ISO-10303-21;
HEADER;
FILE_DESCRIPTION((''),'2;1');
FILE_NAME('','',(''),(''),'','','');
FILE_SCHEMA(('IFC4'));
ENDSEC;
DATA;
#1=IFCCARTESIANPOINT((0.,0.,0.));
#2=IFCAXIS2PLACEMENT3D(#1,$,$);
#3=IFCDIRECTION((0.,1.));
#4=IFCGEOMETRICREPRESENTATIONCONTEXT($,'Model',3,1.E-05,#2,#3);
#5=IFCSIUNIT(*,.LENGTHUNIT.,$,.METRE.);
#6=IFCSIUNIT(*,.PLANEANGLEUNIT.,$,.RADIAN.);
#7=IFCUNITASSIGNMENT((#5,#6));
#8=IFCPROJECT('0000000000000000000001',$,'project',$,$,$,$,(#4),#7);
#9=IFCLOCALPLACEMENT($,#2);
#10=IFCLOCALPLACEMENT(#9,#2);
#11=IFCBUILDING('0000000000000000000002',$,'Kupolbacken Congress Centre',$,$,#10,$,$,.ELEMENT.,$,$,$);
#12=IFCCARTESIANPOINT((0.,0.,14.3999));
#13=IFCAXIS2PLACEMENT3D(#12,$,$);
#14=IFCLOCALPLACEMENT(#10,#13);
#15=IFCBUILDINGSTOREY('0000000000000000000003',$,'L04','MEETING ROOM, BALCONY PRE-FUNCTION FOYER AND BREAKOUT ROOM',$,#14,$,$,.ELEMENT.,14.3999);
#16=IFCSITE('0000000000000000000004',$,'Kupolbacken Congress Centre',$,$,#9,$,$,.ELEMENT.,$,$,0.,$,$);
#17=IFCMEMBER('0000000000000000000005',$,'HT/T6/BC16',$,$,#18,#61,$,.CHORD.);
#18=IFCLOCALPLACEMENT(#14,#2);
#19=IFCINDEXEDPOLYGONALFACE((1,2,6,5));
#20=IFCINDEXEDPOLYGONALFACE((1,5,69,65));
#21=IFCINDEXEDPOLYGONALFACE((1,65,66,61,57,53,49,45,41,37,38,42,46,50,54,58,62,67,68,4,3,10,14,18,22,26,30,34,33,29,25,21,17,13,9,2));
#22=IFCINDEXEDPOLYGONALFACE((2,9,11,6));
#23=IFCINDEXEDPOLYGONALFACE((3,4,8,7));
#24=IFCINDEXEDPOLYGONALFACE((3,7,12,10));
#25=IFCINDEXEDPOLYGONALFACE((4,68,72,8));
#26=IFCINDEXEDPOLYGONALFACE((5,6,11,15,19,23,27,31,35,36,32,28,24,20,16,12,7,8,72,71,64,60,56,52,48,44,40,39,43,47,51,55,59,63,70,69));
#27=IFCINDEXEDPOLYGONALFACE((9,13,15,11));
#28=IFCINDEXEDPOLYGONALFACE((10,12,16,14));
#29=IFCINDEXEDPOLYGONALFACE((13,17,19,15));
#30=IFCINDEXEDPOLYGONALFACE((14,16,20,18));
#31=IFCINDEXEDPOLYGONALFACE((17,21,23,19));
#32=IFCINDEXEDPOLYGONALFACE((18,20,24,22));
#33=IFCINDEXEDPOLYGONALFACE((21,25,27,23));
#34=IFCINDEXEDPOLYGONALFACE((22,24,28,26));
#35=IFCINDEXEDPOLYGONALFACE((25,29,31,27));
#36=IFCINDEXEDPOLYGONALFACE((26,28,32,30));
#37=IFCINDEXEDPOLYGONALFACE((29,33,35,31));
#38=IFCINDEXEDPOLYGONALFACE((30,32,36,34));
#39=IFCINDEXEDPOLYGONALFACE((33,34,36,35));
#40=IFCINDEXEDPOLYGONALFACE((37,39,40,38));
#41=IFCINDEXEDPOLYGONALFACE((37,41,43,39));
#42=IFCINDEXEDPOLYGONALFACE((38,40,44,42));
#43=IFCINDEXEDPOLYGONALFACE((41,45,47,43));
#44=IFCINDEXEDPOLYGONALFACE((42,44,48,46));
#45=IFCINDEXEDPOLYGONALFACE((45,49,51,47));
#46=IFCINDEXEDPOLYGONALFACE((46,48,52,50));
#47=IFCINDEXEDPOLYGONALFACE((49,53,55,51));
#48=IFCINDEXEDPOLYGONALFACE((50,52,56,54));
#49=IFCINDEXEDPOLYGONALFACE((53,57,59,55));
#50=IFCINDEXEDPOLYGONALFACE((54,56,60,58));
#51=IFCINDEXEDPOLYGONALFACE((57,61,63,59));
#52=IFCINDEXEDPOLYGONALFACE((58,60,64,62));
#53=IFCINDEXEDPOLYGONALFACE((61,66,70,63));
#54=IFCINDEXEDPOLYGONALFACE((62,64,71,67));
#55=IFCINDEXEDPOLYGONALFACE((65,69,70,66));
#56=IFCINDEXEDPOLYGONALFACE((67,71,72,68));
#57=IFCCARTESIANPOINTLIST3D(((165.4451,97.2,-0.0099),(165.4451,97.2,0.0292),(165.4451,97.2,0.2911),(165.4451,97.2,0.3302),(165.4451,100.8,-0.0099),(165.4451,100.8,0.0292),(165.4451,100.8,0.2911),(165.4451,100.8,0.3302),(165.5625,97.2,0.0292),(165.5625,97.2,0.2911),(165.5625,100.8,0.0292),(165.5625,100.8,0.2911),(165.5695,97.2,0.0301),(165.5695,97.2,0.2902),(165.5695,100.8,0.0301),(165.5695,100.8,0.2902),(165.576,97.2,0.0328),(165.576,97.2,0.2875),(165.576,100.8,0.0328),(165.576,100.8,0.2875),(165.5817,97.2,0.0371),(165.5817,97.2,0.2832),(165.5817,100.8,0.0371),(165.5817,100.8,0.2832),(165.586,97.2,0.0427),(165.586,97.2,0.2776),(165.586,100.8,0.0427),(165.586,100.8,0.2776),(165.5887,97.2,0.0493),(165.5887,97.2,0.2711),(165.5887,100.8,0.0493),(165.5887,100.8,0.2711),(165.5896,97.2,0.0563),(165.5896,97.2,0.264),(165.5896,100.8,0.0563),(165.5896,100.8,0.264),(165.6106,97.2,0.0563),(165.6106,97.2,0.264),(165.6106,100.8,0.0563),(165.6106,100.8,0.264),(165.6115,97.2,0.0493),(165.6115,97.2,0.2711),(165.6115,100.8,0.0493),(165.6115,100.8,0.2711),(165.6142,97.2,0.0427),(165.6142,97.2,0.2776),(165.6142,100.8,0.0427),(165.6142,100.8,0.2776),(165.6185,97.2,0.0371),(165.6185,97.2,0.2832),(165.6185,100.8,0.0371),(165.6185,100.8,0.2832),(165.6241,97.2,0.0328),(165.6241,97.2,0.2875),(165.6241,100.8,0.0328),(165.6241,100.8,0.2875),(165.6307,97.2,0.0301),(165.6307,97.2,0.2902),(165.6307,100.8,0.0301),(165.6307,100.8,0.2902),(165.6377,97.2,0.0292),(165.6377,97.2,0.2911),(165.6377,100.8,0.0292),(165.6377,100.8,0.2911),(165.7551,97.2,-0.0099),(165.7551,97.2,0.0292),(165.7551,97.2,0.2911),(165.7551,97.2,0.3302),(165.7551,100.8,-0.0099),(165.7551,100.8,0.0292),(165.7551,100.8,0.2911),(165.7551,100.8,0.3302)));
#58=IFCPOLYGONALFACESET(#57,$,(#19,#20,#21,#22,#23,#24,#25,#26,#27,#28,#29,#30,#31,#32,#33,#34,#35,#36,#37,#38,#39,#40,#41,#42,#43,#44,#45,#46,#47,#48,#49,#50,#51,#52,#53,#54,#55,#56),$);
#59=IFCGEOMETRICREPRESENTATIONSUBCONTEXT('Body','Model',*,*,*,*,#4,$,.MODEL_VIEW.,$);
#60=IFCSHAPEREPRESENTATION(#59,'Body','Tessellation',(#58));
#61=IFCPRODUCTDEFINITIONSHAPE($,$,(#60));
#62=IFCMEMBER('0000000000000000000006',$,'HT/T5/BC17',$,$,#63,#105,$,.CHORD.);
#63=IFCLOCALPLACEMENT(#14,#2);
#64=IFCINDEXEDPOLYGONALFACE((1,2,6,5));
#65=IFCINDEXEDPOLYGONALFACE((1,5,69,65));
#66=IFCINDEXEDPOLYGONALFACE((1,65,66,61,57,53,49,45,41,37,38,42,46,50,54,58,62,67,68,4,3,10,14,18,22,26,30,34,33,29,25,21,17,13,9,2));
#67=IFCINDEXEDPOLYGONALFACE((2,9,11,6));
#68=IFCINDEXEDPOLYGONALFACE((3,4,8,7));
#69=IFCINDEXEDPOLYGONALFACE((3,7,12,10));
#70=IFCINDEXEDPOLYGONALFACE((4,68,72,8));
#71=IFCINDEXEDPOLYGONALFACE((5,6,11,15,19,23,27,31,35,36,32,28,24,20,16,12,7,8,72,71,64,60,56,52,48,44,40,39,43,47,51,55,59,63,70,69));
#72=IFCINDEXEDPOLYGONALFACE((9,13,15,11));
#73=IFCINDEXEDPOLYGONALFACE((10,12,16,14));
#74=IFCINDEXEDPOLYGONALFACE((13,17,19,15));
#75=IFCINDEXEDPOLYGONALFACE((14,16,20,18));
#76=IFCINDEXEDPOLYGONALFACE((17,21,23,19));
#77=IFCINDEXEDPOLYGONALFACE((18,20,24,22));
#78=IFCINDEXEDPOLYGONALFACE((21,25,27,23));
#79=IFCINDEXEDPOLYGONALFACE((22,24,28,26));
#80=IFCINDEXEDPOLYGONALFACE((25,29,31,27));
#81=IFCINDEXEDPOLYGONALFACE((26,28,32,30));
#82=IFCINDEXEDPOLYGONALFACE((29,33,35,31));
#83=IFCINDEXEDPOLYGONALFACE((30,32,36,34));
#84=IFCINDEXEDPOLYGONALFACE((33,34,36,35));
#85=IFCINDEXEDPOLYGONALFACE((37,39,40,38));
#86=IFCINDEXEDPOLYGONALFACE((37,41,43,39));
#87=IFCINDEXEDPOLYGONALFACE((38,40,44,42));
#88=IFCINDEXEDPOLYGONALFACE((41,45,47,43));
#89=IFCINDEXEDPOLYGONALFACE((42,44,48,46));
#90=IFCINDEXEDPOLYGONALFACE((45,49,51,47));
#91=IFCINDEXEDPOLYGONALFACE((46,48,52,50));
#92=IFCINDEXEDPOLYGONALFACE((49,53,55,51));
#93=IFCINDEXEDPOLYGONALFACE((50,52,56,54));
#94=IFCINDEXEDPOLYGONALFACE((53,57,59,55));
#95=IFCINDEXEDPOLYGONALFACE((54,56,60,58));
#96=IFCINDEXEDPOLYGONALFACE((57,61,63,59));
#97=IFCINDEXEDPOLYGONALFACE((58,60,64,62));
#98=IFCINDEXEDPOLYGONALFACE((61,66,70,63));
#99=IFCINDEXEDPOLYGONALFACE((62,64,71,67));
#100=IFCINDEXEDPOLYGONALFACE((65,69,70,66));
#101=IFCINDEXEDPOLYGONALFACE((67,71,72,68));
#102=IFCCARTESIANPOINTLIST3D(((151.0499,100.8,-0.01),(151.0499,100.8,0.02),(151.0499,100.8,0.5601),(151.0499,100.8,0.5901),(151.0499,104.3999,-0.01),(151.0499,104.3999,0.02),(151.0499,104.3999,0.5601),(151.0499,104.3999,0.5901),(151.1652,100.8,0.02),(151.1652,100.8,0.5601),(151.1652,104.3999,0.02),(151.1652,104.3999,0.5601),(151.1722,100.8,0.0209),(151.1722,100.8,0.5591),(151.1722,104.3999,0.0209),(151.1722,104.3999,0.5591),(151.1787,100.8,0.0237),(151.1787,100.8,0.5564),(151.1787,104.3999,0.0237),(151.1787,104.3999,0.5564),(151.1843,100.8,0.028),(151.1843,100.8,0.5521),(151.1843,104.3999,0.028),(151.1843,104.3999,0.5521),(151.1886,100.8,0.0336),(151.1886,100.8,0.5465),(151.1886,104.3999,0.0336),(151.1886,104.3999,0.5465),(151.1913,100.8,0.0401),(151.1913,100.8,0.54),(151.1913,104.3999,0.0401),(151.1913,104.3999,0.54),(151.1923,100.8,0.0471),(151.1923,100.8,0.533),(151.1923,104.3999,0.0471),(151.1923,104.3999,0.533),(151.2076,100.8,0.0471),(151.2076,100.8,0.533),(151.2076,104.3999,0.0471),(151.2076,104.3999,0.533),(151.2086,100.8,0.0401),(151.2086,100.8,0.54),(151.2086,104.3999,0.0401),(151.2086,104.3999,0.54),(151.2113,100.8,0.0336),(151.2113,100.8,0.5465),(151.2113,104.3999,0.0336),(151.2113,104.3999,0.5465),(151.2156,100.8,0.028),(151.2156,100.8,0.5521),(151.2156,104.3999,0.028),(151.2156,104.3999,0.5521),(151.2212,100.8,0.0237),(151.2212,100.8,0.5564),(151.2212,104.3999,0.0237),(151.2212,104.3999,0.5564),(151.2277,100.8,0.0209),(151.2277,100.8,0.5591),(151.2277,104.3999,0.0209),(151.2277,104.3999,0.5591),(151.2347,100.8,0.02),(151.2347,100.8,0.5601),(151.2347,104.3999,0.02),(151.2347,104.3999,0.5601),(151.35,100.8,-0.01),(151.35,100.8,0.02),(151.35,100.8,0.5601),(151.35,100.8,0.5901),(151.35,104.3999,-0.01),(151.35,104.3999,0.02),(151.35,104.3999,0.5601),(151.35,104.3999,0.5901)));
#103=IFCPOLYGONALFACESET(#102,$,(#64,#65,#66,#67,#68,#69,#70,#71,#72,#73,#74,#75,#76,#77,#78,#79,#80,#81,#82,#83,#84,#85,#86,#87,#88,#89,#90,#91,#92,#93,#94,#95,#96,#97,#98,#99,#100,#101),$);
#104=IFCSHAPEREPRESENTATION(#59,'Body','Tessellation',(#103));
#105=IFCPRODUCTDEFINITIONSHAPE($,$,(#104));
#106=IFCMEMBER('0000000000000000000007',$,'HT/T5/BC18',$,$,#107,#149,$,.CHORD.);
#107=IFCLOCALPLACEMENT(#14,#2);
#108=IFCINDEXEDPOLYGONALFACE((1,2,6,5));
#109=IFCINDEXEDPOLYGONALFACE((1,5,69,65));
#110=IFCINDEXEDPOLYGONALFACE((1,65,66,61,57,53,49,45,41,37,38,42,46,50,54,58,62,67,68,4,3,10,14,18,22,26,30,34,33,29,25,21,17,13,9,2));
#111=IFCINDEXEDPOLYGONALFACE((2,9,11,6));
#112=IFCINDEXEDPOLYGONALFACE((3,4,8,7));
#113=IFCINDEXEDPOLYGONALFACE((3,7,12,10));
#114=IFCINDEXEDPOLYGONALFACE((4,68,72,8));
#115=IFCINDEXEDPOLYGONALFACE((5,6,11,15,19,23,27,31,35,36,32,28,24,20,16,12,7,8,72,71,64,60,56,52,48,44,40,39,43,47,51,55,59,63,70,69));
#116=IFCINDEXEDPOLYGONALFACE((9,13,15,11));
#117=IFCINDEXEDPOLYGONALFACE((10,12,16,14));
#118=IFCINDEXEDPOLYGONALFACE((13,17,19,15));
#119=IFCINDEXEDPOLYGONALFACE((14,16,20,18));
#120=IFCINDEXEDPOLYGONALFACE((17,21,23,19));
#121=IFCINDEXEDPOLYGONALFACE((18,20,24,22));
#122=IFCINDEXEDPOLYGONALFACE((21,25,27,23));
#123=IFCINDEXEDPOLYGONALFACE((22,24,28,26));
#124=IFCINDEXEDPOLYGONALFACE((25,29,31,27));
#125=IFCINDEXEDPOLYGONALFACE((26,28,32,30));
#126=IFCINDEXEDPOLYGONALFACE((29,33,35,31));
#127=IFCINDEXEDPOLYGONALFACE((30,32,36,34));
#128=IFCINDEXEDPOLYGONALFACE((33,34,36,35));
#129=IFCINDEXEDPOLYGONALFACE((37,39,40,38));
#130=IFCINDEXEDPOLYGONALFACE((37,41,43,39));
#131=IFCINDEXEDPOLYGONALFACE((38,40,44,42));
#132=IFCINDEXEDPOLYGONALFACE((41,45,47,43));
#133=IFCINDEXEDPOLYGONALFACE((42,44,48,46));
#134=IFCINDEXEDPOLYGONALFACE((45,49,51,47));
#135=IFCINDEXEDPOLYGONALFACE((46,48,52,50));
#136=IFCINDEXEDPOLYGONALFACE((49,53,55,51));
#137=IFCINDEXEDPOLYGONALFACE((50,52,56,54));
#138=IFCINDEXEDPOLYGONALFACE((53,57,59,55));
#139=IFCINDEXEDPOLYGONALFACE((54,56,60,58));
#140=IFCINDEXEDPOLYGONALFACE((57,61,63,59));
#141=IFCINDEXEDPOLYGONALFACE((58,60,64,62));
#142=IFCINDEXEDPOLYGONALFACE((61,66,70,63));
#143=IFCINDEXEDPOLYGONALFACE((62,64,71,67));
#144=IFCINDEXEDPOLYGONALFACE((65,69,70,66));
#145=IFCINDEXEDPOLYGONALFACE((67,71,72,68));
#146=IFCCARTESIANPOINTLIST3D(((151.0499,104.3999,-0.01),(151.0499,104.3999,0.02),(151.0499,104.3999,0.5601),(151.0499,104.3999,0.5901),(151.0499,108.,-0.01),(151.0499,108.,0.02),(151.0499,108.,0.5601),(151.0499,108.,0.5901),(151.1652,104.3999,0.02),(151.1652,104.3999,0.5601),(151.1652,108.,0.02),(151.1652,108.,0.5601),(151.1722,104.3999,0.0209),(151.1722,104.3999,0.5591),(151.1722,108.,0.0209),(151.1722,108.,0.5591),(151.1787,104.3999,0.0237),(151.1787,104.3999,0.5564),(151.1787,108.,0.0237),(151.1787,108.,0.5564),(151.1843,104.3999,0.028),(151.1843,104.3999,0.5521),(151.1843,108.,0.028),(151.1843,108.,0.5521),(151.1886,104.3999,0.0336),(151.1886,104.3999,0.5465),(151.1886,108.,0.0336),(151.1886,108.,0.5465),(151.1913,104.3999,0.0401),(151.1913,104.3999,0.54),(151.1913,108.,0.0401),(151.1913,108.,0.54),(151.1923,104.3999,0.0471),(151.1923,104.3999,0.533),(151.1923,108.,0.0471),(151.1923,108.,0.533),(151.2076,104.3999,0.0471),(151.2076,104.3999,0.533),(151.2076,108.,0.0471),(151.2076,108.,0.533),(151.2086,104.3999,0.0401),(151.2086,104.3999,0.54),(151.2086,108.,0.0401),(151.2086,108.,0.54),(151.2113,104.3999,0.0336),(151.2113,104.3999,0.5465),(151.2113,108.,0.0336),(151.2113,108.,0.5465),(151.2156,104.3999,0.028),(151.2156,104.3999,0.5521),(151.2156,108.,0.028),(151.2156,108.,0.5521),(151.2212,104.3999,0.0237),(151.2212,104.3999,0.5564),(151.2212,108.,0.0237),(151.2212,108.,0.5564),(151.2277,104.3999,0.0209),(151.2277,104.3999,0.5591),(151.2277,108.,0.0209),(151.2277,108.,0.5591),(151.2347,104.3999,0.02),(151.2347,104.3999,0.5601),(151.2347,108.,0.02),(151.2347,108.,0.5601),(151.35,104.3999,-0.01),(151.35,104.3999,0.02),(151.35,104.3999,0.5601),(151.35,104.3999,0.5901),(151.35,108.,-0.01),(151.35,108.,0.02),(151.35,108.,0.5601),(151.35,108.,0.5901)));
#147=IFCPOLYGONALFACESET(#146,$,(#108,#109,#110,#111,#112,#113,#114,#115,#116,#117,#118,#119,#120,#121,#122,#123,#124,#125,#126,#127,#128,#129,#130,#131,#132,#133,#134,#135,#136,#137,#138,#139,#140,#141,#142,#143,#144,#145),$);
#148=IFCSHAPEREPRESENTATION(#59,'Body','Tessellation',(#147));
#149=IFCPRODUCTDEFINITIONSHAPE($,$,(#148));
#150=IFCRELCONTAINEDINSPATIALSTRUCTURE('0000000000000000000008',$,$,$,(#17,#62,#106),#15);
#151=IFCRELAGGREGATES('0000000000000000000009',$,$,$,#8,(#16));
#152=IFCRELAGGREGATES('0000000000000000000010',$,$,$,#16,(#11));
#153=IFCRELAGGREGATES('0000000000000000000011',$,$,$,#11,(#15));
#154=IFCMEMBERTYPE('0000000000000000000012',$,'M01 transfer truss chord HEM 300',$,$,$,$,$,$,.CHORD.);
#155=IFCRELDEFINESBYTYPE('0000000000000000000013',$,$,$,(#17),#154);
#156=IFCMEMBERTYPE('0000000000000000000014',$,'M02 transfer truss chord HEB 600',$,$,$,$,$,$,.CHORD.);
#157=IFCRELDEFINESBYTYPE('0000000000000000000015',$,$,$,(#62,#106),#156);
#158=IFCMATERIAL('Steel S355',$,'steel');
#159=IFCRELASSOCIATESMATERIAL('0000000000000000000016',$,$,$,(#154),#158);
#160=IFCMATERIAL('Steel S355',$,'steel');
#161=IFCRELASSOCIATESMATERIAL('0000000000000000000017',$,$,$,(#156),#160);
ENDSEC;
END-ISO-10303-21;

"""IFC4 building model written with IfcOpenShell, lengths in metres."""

from ifc_helpers import new_model, si_unit, direction, frame, origin, origin_2d, place, context, subcontext, project, spatial, i_section, extrude, material, material_profile, profile_set, type_object, element, save


model = new_model("IFC4")

# Units and contexts
model_context = context("Model", 3, precision=1e-05, world=origin(), true_north=direction((0.0, 1.0)))
body_context = subcontext(model_context, "Body", "Model", "MODEL_VIEW")
ifc_project = project(units=[si_unit("LENGTHUNIT", "METRE"), si_unit("PLANEANGLEUNIT", "RADIAN")], contexts=[model_context])

# Site, building, storey
site_placement = place(None, origin())
site = spatial("IfcSite", under=ifc_project, at=site_placement, Name="Kupolbacken Congress Centre", CompositionType="ELEMENT", RefElevation=0.0)
building_placement = place(site_placement, origin())
building = spatial("IfcBuilding", under=site, at=building_placement, Name="Kupolbacken Congress Centre", CompositionType="ELEMENT")
storey_placement = place(building_placement, frame((0.0, 0.0, 14.3999)))
storey = spatial("IfcBuildingStorey", under=building, at=storey_placement, Name="L04", Description="MEETING ROOM, BALCONY PRE-FUNCTION FOYER AND BREAKOUT ROOM", CompositionType="ELEMENT", Elevation=14.3999)

# Members
ifc_material_1 = material(Name="Steel S355", Category="steel")
ifc_material_profile_1 = material_profile(ifc_material_1, i_section(OverallWidth=0.3101, OverallDepth=0.3401, WebThickness=0.021, FlangeThickness=0.0391, FilletRadius=0.0271, at=origin_2d()), Name="HEM 300")
ifc_profile_set_1 = profile_set([ifc_material_profile_1], Name="Steel S355")
member_type_1 = type_object("IfcMemberType", Name="M01 transfer truss chord HEM 300", PredefinedType="CHORD", material=ifc_profile_set_1)
member_1_placement = place(storey_placement, frame((165.6001, 97.2, 0.1602), z_axis=(0.0, 1.0, 0.0), x_axis=(-1.0, 0.0, 0.0)))
element("IfcMember", 1, at=member_1_placement, inside=storey, type_object=member_type_1, Name="HT/T6/BC16", PredefinedType="CHORD", context=body_context, shape_type="SweptSolid", body=[
    extrude(i_section(OverallWidth=0.3101, OverallDepth=0.3401, WebThickness=0.021, FlangeThickness=0.0391, FilletRadius=0.0271, at=origin_2d()), origin(), (0.0, 0.0, 1.0), 3.6001),
])
ifc_material_2 = material(Name="Steel S355", Category="steel")
ifc_material_profile_2 = material_profile(ifc_material_2, i_section(OverallWidth=0.3, OverallDepth=0.6001, WebThickness=0.0154, FlangeThickness=0.03, FilletRadius=0.0271, at=origin_2d()), Name="HEB 600")
ifc_profile_set_2 = profile_set([ifc_material_profile_2], Name="Steel S355")
member_type_2 = type_object("IfcMemberType", Name="M02 transfer truss chord HEB 600", PredefinedType="CHORD", material=ifc_profile_set_2)
member_2_placement = place(storey_placement, frame((151.2, 100.8, 0.29), z_axis=(0.0, 1.0, 0.0), x_axis=(-1.0, 0.0, 0.0)))
element("IfcMember", 2, at=member_2_placement, inside=storey, type_object=member_type_2, Name="HT/T5/BC17", PredefinedType="CHORD", context=body_context, shape_type="SweptSolid", body=[
    extrude(i_section(OverallWidth=0.3, OverallDepth=0.6001, WebThickness=0.0154, FlangeThickness=0.03, FilletRadius=0.0271, at=origin_2d()), origin(), (0.0, 0.0, 1.0), 3.5999),
])
member_3_placement = place(storey_placement, frame((151.2, 104.3999, 0.29), z_axis=(0.0, 1.0, 0.0), x_axis=(-1.0, 0.0, 0.0)))
element("IfcMember", 3, at=member_3_placement, inside=storey, type_object=member_type_2, Name="HT/T5/BC18", PredefinedType="CHORD", context=body_context, shape_type="SweptSolid", body=[
    extrude(i_section(OverallWidth=0.3, OverallDepth=0.6001, WebThickness=0.0154, FlangeThickness=0.03, FilletRadius=0.0271, at=origin_2d()), origin(), (0.0, 0.0, 1.0), 3.6001),
])

save(model, "model.ifc")
